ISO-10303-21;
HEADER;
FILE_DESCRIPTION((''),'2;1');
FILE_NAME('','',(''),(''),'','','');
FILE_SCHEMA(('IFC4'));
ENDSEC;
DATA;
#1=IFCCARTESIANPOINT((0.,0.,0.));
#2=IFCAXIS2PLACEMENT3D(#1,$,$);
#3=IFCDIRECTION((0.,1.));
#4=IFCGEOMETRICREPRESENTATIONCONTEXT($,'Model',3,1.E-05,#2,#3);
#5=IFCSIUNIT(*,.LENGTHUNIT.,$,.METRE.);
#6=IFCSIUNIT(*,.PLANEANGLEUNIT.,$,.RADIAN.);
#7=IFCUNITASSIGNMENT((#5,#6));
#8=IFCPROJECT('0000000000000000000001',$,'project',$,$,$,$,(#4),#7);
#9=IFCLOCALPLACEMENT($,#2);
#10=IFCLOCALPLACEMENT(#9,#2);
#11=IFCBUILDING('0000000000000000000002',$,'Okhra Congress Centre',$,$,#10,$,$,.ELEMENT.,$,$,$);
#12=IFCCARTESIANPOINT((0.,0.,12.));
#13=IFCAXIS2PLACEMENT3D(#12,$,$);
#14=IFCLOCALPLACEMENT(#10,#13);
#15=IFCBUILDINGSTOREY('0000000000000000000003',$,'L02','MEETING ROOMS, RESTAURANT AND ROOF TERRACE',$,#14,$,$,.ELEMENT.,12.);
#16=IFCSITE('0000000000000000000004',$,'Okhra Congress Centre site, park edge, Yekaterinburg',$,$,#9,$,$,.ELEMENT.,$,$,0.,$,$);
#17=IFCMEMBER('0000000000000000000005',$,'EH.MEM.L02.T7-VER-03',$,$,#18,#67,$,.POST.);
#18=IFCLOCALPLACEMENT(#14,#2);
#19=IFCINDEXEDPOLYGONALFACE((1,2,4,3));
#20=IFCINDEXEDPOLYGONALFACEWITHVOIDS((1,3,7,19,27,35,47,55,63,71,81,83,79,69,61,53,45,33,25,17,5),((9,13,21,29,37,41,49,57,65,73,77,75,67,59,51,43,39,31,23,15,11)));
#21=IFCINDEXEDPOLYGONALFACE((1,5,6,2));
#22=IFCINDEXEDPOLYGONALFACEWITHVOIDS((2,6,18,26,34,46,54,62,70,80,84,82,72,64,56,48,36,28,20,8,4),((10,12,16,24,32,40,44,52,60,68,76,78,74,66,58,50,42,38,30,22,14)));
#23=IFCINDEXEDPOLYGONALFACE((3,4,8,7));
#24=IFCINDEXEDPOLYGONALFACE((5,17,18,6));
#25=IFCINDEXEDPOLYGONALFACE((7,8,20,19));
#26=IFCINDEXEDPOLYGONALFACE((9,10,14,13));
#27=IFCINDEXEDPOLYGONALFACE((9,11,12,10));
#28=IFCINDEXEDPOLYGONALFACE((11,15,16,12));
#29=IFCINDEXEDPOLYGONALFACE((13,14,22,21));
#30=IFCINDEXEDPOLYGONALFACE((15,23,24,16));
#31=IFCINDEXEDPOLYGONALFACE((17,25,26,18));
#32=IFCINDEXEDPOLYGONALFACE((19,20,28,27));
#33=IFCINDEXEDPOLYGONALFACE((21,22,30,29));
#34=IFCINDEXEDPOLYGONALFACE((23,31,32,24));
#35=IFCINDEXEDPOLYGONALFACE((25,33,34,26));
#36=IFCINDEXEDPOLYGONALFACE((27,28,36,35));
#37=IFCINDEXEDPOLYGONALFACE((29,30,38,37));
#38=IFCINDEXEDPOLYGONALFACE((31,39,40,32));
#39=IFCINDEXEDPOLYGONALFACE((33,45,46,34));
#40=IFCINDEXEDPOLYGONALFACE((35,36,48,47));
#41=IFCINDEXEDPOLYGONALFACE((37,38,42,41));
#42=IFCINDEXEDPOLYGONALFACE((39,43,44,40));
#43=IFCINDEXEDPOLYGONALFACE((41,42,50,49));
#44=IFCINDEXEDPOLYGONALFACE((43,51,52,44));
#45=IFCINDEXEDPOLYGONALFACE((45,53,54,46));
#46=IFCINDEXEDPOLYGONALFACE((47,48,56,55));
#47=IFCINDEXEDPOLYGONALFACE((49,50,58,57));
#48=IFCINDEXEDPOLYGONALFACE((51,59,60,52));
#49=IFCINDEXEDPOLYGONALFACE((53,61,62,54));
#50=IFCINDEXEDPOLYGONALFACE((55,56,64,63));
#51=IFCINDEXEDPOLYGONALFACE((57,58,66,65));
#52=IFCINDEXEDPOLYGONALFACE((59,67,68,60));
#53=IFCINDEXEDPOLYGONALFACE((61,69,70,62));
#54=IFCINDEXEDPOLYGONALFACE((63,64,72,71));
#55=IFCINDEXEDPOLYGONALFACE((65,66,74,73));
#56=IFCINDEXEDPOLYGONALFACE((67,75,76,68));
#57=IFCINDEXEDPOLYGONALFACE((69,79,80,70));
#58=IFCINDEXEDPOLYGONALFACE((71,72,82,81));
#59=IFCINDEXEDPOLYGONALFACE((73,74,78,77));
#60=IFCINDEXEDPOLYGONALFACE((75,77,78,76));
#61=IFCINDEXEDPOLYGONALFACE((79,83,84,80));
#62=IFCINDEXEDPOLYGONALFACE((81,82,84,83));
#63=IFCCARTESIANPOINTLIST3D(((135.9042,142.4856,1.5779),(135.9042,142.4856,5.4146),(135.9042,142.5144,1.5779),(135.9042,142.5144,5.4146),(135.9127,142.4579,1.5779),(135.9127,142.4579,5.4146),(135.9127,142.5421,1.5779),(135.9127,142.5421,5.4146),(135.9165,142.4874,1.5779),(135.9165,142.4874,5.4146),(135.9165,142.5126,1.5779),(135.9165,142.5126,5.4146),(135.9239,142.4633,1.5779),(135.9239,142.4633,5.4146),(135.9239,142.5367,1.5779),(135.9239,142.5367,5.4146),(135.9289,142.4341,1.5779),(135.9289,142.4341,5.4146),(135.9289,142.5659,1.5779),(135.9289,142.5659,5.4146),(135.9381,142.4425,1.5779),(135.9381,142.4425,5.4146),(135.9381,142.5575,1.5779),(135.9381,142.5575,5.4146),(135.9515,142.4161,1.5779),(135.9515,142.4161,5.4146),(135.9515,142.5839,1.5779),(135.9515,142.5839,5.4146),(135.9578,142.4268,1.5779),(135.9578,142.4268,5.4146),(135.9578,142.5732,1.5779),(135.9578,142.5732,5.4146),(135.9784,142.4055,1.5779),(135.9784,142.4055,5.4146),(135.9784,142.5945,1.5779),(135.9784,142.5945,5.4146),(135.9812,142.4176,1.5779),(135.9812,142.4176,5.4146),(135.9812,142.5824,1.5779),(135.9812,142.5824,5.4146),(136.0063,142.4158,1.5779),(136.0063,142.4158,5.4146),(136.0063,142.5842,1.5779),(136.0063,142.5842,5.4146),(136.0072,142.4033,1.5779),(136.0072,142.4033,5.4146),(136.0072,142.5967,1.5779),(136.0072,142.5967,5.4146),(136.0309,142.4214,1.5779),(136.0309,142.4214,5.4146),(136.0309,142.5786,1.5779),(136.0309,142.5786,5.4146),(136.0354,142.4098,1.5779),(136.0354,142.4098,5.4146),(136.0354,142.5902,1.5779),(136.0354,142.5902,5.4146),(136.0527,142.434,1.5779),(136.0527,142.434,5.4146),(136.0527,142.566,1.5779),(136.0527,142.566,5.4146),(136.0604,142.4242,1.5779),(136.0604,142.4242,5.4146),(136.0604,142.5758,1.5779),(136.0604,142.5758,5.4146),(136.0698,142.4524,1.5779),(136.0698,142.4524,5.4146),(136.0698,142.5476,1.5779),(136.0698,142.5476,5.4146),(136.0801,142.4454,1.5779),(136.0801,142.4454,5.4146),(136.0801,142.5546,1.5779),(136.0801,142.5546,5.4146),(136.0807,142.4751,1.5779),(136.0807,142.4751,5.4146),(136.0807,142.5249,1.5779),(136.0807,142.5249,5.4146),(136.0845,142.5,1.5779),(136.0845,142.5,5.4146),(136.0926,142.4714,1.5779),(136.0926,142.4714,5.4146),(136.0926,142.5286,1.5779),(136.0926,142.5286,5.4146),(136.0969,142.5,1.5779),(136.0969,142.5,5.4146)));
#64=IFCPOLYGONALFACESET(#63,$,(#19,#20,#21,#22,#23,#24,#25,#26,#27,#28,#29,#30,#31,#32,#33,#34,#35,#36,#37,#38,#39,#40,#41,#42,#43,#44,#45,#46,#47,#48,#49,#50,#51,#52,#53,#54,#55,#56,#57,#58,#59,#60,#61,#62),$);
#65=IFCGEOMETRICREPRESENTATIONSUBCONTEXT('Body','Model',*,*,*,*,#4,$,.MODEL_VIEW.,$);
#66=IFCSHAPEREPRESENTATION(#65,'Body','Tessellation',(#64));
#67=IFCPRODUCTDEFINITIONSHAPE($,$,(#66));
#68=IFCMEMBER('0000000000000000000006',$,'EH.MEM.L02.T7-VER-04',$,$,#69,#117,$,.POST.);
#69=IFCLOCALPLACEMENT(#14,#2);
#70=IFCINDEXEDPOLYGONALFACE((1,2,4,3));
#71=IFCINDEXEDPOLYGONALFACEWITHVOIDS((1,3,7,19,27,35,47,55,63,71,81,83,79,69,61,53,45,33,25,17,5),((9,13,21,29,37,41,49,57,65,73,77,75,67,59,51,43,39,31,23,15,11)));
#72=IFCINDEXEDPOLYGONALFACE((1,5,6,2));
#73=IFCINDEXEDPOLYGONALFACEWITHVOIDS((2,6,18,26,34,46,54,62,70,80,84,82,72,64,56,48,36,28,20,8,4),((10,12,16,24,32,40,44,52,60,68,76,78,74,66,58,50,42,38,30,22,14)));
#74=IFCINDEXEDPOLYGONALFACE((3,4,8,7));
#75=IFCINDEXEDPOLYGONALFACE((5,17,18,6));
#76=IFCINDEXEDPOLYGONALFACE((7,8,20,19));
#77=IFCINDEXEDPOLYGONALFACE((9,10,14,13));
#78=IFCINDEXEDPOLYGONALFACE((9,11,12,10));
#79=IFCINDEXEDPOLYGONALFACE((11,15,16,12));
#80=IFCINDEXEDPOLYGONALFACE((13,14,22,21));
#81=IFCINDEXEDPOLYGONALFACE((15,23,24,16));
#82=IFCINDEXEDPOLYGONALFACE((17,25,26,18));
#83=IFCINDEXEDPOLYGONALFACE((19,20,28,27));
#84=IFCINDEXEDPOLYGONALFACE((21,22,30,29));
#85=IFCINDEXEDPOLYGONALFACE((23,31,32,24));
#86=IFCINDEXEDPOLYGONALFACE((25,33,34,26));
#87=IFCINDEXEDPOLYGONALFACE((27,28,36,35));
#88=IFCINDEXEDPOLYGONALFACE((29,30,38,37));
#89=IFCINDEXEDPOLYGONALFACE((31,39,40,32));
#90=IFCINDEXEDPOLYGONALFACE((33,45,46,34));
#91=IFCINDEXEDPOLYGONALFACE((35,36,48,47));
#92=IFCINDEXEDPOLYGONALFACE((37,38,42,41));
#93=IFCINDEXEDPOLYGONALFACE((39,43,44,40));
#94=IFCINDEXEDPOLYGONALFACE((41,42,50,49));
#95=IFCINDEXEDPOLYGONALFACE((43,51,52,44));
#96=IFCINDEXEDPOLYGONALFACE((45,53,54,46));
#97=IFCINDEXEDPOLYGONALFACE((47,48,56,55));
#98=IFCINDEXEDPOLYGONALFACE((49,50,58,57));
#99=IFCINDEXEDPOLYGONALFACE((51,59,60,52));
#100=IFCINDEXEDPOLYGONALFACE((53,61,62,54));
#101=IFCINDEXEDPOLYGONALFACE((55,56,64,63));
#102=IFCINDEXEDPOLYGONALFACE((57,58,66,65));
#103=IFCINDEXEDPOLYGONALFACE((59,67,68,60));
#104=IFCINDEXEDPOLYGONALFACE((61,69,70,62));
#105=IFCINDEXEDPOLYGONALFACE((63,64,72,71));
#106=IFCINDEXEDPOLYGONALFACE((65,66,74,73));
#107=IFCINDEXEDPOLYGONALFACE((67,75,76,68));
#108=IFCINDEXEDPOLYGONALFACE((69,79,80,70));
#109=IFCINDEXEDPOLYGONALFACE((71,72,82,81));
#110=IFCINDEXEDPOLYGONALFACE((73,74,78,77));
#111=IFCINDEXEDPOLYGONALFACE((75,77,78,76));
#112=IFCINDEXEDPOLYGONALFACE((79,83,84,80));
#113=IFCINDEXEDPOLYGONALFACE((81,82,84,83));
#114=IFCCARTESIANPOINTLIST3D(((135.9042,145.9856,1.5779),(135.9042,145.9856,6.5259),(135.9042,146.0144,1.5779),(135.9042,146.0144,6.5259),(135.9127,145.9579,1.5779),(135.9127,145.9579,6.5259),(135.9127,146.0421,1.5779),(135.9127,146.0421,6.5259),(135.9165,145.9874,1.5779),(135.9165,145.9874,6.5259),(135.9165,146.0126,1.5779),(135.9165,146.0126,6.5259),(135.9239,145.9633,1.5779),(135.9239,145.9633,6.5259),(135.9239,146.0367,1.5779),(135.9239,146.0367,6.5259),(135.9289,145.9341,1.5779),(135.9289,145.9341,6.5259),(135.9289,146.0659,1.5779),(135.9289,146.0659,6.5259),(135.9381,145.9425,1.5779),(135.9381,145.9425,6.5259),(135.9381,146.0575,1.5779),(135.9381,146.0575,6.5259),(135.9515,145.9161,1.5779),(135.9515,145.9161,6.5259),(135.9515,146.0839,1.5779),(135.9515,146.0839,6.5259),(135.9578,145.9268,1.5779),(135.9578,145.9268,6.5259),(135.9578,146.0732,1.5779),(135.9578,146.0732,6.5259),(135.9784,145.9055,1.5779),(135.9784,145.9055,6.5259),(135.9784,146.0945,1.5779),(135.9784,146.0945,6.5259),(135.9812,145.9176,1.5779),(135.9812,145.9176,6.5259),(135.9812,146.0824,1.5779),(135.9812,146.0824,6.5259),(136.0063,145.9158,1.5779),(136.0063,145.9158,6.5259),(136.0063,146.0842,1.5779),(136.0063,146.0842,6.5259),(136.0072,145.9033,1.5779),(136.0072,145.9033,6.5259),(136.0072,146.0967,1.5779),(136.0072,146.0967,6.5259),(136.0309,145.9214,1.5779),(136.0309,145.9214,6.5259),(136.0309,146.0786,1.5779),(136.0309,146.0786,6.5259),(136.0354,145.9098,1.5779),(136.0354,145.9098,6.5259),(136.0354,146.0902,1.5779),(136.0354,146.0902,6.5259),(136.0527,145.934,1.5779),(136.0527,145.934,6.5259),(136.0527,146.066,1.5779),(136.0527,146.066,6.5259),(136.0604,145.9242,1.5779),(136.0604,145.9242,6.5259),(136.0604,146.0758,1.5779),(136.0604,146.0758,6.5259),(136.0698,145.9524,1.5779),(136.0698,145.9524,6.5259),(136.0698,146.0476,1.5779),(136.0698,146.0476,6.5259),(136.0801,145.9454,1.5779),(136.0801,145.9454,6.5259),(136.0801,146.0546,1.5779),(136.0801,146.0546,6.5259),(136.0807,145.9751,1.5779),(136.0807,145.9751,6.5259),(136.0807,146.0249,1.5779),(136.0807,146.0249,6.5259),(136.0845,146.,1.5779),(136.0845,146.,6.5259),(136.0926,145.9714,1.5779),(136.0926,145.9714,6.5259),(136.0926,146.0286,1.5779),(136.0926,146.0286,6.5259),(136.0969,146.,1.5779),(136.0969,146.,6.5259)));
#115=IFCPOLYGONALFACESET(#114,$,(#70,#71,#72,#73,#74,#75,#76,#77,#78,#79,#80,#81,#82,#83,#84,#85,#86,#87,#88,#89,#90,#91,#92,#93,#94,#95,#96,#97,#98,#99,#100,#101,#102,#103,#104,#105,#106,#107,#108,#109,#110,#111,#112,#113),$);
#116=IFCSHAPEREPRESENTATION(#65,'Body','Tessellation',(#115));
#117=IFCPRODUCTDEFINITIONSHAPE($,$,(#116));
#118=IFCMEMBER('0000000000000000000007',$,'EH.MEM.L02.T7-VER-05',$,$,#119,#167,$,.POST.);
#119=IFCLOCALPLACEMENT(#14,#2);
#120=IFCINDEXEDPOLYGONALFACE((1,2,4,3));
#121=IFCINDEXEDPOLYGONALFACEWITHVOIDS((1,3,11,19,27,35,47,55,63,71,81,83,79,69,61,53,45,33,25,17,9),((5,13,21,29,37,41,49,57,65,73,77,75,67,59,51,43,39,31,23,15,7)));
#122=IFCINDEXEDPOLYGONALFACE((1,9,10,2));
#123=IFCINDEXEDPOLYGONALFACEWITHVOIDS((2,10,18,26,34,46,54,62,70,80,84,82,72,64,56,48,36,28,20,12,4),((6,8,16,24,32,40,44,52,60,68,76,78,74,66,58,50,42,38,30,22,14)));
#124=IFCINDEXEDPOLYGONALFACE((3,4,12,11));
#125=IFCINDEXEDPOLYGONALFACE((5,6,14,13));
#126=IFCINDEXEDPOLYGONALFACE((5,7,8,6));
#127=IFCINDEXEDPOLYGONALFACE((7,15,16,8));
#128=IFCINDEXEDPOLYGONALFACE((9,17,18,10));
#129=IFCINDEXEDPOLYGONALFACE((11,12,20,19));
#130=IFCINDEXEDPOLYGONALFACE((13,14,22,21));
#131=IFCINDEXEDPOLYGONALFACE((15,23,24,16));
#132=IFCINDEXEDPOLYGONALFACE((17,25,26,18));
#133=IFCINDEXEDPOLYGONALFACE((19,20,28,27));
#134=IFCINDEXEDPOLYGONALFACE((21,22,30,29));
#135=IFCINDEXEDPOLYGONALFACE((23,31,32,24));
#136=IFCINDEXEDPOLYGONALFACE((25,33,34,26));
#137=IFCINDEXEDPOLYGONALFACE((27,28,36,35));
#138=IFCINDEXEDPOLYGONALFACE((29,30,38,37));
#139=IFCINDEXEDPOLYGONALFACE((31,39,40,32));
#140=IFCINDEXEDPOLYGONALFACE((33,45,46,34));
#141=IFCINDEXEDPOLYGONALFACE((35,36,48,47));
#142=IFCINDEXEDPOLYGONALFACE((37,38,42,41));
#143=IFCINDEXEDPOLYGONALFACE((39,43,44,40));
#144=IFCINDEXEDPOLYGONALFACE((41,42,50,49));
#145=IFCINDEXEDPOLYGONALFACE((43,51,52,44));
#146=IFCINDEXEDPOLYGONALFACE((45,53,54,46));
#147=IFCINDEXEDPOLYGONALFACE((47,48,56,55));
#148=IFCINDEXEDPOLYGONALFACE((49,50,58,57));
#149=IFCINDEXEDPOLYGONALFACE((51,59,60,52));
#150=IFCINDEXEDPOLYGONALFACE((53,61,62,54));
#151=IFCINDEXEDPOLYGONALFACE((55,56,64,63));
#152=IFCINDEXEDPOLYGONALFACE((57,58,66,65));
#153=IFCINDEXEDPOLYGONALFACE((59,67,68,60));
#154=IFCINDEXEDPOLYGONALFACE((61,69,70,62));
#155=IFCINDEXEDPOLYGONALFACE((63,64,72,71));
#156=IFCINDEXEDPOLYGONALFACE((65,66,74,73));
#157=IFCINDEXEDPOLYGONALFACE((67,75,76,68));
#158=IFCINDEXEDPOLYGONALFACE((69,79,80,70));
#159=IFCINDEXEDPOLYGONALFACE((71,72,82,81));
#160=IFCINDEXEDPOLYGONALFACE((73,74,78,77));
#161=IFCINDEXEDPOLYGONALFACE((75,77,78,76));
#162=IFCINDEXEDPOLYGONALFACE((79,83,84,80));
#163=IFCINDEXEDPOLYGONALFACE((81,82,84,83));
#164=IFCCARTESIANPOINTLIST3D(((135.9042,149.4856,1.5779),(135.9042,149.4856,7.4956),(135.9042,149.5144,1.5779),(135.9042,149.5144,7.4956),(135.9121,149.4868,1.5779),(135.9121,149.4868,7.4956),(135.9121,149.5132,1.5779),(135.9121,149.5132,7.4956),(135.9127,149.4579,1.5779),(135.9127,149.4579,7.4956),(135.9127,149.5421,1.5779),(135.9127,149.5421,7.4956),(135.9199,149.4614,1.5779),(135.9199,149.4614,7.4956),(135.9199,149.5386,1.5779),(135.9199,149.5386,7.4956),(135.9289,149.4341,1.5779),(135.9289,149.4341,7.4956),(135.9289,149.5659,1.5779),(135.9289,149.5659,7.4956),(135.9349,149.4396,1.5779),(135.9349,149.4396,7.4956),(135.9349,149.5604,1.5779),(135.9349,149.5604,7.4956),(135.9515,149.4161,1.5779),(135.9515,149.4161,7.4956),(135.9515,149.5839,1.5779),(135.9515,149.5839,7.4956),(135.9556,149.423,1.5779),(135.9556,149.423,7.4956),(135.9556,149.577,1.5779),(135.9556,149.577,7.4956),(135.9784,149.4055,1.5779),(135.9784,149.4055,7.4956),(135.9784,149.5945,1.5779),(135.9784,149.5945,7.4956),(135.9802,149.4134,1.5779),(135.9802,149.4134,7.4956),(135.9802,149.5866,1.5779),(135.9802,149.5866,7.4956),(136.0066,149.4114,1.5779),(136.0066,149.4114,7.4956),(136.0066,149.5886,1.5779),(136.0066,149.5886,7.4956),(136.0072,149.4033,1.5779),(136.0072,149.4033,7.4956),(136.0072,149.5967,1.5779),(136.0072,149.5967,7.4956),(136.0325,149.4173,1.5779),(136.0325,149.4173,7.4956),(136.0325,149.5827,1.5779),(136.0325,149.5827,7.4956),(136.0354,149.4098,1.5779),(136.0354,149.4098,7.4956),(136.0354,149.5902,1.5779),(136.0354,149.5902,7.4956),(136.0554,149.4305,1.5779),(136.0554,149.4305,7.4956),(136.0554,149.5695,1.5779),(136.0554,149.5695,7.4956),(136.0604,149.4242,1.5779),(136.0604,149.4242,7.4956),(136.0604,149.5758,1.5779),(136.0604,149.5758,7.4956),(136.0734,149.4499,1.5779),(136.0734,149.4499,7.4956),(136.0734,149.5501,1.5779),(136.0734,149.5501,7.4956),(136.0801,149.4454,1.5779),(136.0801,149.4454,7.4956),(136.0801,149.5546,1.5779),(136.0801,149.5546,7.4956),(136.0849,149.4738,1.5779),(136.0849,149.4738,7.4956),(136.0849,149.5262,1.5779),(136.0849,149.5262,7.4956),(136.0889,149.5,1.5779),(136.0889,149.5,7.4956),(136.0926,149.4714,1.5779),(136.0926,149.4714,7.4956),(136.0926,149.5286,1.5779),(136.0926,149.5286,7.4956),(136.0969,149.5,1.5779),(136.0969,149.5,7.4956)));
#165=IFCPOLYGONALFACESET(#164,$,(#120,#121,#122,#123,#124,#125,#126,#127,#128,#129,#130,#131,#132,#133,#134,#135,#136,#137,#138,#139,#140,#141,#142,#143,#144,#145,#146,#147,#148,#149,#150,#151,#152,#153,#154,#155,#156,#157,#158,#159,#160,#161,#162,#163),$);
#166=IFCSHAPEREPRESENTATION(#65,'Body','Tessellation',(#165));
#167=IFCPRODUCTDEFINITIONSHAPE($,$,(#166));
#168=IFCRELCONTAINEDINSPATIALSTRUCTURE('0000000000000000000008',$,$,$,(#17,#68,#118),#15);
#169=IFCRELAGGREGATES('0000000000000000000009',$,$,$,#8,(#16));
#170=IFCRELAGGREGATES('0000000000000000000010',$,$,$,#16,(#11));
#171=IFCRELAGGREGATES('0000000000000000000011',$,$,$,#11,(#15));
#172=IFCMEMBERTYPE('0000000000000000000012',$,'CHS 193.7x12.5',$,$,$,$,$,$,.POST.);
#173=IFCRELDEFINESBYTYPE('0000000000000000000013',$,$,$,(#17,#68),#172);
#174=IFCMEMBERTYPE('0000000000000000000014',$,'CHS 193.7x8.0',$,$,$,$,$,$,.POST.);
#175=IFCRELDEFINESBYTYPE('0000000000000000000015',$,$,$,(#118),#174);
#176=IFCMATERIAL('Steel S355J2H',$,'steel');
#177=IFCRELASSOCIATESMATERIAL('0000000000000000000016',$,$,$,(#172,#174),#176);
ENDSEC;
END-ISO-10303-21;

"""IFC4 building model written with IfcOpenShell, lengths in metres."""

from ifc_helpers import new_model, si_unit, direction, frame, origin, origin_2d, place, context, subcontext, project, spatial, hollow_circle, extrude, material, material_profile, profile_set, type_object, element, save


model = new_model("IFC4")

# Units and contexts
model_context = context("Model", 3, precision=1e-05, world=origin(), true_north=direction((0.0, 1.0)))
body_context = subcontext(model_context, "Body", "Model", "MODEL_VIEW")
ifc_project = project(units=[si_unit("LENGTHUNIT", "METRE"), si_unit("PLANEANGLEUNIT", "RADIAN")], contexts=[model_context])

# Site, building, storey
site_placement = place(None, origin())
site = spatial("IfcSite", under=ifc_project, at=site_placement, Name="Okhra Congress Centre site, park edge, Yekaterinburg", CompositionType="ELEMENT", RefElevation=0.0)
building_placement = place(site_placement, origin())
building = spatial("IfcBuilding", under=site, at=building_placement, Name="Okhra Congress Centre", CompositionType="ELEMENT")
storey_placement = place(building_placement, frame((0.0, 0.0, 12.0)))
storey = spatial("IfcBuildingStorey", under=building, at=storey_placement, Name="L02", Description="MEETING ROOMS, RESTAURANT AND ROOF TERRACE", CompositionType="ELEMENT", Elevation=12.0)

# Members
ifc_material_1 = material(Name="Steel S355J2H", Category="steel")
ifc_material_profile_1 = material_profile(ifc_material_1, hollow_circle(Radius=0.0969, WallThickness=0.0125, at=origin_2d()), Name="CHS 193.7x12.5")
ifc_profile_set_1 = profile_set([ifc_material_profile_1], Name="Steel S355J2H")
member_type_1 = type_object("IfcMemberType", Name="CHS 193.7x12.5", PredefinedType="POST", material=ifc_profile_set_1)
member_1_placement = place(storey_placement, frame((136.0, 142.5, 1.5779), z_axis=(0.0, 0.0, 1.0), x_axis=(1.0, 0.0, 0.0)))
element("IfcMember", 1, at=member_1_placement, inside=storey, type_object=member_type_1, Name="EH.MEM.L02.T7-VER-03", PredefinedType="POST", context=body_context, shape_type="SweptSolid", body=[
    extrude(hollow_circle(Radius=0.0969, WallThickness=0.0125, at=origin_2d()), origin(), (0.0, 0.0, 1.0), 3.8367),
])
member_2_placement = place(storey_placement, frame((136.0, 146.0, 1.5779), z_axis=(0.0, 0.0, 1.0), x_axis=(1.0, 0.0, 0.0)))
element("IfcMember", 2, at=member_2_placement, inside=storey, type_object=member_type_1, Name="EH.MEM.L02.T7-VER-04", PredefinedType="POST", context=body_context, shape_type="SweptSolid", body=[
    extrude(hollow_circle(Radius=0.0969, WallThickness=0.0125, at=origin_2d()), origin(), (0.0, 0.0, 1.0), 4.948),
])
ifc_material_profile_2 = material_profile(ifc_material_1, hollow_circle(Radius=0.0969, WallThickness=0.0081, at=origin_2d()), Name="CHS 193.7x8.0")
ifc_profile_set_2 = profile_set([ifc_material_profile_2], Name="Steel S355J2H")
member_type_2 = type_object("IfcMemberType", Name="CHS 193.7x8.0", PredefinedType="POST", material=ifc_profile_set_2)
member_3_placement = place(storey_placement, frame((136.0, 149.5, 1.5779), z_axis=(0.0, 0.0, 1.0), x_axis=(1.0, 0.0, 0.0)))
element("IfcMember", 3, at=member_3_placement, inside=storey, type_object=member_type_2, Name="EH.MEM.L02.T7-VER-05", PredefinedType="POST", context=body_context, shape_type="SweptSolid", body=[
    extrude(hollow_circle(Radius=0.0969, WallThickness=0.0081, at=origin_2d()), origin(), (0.0, 0.0, 1.0), 5.9177),
])

save(model, "model.ifc")
